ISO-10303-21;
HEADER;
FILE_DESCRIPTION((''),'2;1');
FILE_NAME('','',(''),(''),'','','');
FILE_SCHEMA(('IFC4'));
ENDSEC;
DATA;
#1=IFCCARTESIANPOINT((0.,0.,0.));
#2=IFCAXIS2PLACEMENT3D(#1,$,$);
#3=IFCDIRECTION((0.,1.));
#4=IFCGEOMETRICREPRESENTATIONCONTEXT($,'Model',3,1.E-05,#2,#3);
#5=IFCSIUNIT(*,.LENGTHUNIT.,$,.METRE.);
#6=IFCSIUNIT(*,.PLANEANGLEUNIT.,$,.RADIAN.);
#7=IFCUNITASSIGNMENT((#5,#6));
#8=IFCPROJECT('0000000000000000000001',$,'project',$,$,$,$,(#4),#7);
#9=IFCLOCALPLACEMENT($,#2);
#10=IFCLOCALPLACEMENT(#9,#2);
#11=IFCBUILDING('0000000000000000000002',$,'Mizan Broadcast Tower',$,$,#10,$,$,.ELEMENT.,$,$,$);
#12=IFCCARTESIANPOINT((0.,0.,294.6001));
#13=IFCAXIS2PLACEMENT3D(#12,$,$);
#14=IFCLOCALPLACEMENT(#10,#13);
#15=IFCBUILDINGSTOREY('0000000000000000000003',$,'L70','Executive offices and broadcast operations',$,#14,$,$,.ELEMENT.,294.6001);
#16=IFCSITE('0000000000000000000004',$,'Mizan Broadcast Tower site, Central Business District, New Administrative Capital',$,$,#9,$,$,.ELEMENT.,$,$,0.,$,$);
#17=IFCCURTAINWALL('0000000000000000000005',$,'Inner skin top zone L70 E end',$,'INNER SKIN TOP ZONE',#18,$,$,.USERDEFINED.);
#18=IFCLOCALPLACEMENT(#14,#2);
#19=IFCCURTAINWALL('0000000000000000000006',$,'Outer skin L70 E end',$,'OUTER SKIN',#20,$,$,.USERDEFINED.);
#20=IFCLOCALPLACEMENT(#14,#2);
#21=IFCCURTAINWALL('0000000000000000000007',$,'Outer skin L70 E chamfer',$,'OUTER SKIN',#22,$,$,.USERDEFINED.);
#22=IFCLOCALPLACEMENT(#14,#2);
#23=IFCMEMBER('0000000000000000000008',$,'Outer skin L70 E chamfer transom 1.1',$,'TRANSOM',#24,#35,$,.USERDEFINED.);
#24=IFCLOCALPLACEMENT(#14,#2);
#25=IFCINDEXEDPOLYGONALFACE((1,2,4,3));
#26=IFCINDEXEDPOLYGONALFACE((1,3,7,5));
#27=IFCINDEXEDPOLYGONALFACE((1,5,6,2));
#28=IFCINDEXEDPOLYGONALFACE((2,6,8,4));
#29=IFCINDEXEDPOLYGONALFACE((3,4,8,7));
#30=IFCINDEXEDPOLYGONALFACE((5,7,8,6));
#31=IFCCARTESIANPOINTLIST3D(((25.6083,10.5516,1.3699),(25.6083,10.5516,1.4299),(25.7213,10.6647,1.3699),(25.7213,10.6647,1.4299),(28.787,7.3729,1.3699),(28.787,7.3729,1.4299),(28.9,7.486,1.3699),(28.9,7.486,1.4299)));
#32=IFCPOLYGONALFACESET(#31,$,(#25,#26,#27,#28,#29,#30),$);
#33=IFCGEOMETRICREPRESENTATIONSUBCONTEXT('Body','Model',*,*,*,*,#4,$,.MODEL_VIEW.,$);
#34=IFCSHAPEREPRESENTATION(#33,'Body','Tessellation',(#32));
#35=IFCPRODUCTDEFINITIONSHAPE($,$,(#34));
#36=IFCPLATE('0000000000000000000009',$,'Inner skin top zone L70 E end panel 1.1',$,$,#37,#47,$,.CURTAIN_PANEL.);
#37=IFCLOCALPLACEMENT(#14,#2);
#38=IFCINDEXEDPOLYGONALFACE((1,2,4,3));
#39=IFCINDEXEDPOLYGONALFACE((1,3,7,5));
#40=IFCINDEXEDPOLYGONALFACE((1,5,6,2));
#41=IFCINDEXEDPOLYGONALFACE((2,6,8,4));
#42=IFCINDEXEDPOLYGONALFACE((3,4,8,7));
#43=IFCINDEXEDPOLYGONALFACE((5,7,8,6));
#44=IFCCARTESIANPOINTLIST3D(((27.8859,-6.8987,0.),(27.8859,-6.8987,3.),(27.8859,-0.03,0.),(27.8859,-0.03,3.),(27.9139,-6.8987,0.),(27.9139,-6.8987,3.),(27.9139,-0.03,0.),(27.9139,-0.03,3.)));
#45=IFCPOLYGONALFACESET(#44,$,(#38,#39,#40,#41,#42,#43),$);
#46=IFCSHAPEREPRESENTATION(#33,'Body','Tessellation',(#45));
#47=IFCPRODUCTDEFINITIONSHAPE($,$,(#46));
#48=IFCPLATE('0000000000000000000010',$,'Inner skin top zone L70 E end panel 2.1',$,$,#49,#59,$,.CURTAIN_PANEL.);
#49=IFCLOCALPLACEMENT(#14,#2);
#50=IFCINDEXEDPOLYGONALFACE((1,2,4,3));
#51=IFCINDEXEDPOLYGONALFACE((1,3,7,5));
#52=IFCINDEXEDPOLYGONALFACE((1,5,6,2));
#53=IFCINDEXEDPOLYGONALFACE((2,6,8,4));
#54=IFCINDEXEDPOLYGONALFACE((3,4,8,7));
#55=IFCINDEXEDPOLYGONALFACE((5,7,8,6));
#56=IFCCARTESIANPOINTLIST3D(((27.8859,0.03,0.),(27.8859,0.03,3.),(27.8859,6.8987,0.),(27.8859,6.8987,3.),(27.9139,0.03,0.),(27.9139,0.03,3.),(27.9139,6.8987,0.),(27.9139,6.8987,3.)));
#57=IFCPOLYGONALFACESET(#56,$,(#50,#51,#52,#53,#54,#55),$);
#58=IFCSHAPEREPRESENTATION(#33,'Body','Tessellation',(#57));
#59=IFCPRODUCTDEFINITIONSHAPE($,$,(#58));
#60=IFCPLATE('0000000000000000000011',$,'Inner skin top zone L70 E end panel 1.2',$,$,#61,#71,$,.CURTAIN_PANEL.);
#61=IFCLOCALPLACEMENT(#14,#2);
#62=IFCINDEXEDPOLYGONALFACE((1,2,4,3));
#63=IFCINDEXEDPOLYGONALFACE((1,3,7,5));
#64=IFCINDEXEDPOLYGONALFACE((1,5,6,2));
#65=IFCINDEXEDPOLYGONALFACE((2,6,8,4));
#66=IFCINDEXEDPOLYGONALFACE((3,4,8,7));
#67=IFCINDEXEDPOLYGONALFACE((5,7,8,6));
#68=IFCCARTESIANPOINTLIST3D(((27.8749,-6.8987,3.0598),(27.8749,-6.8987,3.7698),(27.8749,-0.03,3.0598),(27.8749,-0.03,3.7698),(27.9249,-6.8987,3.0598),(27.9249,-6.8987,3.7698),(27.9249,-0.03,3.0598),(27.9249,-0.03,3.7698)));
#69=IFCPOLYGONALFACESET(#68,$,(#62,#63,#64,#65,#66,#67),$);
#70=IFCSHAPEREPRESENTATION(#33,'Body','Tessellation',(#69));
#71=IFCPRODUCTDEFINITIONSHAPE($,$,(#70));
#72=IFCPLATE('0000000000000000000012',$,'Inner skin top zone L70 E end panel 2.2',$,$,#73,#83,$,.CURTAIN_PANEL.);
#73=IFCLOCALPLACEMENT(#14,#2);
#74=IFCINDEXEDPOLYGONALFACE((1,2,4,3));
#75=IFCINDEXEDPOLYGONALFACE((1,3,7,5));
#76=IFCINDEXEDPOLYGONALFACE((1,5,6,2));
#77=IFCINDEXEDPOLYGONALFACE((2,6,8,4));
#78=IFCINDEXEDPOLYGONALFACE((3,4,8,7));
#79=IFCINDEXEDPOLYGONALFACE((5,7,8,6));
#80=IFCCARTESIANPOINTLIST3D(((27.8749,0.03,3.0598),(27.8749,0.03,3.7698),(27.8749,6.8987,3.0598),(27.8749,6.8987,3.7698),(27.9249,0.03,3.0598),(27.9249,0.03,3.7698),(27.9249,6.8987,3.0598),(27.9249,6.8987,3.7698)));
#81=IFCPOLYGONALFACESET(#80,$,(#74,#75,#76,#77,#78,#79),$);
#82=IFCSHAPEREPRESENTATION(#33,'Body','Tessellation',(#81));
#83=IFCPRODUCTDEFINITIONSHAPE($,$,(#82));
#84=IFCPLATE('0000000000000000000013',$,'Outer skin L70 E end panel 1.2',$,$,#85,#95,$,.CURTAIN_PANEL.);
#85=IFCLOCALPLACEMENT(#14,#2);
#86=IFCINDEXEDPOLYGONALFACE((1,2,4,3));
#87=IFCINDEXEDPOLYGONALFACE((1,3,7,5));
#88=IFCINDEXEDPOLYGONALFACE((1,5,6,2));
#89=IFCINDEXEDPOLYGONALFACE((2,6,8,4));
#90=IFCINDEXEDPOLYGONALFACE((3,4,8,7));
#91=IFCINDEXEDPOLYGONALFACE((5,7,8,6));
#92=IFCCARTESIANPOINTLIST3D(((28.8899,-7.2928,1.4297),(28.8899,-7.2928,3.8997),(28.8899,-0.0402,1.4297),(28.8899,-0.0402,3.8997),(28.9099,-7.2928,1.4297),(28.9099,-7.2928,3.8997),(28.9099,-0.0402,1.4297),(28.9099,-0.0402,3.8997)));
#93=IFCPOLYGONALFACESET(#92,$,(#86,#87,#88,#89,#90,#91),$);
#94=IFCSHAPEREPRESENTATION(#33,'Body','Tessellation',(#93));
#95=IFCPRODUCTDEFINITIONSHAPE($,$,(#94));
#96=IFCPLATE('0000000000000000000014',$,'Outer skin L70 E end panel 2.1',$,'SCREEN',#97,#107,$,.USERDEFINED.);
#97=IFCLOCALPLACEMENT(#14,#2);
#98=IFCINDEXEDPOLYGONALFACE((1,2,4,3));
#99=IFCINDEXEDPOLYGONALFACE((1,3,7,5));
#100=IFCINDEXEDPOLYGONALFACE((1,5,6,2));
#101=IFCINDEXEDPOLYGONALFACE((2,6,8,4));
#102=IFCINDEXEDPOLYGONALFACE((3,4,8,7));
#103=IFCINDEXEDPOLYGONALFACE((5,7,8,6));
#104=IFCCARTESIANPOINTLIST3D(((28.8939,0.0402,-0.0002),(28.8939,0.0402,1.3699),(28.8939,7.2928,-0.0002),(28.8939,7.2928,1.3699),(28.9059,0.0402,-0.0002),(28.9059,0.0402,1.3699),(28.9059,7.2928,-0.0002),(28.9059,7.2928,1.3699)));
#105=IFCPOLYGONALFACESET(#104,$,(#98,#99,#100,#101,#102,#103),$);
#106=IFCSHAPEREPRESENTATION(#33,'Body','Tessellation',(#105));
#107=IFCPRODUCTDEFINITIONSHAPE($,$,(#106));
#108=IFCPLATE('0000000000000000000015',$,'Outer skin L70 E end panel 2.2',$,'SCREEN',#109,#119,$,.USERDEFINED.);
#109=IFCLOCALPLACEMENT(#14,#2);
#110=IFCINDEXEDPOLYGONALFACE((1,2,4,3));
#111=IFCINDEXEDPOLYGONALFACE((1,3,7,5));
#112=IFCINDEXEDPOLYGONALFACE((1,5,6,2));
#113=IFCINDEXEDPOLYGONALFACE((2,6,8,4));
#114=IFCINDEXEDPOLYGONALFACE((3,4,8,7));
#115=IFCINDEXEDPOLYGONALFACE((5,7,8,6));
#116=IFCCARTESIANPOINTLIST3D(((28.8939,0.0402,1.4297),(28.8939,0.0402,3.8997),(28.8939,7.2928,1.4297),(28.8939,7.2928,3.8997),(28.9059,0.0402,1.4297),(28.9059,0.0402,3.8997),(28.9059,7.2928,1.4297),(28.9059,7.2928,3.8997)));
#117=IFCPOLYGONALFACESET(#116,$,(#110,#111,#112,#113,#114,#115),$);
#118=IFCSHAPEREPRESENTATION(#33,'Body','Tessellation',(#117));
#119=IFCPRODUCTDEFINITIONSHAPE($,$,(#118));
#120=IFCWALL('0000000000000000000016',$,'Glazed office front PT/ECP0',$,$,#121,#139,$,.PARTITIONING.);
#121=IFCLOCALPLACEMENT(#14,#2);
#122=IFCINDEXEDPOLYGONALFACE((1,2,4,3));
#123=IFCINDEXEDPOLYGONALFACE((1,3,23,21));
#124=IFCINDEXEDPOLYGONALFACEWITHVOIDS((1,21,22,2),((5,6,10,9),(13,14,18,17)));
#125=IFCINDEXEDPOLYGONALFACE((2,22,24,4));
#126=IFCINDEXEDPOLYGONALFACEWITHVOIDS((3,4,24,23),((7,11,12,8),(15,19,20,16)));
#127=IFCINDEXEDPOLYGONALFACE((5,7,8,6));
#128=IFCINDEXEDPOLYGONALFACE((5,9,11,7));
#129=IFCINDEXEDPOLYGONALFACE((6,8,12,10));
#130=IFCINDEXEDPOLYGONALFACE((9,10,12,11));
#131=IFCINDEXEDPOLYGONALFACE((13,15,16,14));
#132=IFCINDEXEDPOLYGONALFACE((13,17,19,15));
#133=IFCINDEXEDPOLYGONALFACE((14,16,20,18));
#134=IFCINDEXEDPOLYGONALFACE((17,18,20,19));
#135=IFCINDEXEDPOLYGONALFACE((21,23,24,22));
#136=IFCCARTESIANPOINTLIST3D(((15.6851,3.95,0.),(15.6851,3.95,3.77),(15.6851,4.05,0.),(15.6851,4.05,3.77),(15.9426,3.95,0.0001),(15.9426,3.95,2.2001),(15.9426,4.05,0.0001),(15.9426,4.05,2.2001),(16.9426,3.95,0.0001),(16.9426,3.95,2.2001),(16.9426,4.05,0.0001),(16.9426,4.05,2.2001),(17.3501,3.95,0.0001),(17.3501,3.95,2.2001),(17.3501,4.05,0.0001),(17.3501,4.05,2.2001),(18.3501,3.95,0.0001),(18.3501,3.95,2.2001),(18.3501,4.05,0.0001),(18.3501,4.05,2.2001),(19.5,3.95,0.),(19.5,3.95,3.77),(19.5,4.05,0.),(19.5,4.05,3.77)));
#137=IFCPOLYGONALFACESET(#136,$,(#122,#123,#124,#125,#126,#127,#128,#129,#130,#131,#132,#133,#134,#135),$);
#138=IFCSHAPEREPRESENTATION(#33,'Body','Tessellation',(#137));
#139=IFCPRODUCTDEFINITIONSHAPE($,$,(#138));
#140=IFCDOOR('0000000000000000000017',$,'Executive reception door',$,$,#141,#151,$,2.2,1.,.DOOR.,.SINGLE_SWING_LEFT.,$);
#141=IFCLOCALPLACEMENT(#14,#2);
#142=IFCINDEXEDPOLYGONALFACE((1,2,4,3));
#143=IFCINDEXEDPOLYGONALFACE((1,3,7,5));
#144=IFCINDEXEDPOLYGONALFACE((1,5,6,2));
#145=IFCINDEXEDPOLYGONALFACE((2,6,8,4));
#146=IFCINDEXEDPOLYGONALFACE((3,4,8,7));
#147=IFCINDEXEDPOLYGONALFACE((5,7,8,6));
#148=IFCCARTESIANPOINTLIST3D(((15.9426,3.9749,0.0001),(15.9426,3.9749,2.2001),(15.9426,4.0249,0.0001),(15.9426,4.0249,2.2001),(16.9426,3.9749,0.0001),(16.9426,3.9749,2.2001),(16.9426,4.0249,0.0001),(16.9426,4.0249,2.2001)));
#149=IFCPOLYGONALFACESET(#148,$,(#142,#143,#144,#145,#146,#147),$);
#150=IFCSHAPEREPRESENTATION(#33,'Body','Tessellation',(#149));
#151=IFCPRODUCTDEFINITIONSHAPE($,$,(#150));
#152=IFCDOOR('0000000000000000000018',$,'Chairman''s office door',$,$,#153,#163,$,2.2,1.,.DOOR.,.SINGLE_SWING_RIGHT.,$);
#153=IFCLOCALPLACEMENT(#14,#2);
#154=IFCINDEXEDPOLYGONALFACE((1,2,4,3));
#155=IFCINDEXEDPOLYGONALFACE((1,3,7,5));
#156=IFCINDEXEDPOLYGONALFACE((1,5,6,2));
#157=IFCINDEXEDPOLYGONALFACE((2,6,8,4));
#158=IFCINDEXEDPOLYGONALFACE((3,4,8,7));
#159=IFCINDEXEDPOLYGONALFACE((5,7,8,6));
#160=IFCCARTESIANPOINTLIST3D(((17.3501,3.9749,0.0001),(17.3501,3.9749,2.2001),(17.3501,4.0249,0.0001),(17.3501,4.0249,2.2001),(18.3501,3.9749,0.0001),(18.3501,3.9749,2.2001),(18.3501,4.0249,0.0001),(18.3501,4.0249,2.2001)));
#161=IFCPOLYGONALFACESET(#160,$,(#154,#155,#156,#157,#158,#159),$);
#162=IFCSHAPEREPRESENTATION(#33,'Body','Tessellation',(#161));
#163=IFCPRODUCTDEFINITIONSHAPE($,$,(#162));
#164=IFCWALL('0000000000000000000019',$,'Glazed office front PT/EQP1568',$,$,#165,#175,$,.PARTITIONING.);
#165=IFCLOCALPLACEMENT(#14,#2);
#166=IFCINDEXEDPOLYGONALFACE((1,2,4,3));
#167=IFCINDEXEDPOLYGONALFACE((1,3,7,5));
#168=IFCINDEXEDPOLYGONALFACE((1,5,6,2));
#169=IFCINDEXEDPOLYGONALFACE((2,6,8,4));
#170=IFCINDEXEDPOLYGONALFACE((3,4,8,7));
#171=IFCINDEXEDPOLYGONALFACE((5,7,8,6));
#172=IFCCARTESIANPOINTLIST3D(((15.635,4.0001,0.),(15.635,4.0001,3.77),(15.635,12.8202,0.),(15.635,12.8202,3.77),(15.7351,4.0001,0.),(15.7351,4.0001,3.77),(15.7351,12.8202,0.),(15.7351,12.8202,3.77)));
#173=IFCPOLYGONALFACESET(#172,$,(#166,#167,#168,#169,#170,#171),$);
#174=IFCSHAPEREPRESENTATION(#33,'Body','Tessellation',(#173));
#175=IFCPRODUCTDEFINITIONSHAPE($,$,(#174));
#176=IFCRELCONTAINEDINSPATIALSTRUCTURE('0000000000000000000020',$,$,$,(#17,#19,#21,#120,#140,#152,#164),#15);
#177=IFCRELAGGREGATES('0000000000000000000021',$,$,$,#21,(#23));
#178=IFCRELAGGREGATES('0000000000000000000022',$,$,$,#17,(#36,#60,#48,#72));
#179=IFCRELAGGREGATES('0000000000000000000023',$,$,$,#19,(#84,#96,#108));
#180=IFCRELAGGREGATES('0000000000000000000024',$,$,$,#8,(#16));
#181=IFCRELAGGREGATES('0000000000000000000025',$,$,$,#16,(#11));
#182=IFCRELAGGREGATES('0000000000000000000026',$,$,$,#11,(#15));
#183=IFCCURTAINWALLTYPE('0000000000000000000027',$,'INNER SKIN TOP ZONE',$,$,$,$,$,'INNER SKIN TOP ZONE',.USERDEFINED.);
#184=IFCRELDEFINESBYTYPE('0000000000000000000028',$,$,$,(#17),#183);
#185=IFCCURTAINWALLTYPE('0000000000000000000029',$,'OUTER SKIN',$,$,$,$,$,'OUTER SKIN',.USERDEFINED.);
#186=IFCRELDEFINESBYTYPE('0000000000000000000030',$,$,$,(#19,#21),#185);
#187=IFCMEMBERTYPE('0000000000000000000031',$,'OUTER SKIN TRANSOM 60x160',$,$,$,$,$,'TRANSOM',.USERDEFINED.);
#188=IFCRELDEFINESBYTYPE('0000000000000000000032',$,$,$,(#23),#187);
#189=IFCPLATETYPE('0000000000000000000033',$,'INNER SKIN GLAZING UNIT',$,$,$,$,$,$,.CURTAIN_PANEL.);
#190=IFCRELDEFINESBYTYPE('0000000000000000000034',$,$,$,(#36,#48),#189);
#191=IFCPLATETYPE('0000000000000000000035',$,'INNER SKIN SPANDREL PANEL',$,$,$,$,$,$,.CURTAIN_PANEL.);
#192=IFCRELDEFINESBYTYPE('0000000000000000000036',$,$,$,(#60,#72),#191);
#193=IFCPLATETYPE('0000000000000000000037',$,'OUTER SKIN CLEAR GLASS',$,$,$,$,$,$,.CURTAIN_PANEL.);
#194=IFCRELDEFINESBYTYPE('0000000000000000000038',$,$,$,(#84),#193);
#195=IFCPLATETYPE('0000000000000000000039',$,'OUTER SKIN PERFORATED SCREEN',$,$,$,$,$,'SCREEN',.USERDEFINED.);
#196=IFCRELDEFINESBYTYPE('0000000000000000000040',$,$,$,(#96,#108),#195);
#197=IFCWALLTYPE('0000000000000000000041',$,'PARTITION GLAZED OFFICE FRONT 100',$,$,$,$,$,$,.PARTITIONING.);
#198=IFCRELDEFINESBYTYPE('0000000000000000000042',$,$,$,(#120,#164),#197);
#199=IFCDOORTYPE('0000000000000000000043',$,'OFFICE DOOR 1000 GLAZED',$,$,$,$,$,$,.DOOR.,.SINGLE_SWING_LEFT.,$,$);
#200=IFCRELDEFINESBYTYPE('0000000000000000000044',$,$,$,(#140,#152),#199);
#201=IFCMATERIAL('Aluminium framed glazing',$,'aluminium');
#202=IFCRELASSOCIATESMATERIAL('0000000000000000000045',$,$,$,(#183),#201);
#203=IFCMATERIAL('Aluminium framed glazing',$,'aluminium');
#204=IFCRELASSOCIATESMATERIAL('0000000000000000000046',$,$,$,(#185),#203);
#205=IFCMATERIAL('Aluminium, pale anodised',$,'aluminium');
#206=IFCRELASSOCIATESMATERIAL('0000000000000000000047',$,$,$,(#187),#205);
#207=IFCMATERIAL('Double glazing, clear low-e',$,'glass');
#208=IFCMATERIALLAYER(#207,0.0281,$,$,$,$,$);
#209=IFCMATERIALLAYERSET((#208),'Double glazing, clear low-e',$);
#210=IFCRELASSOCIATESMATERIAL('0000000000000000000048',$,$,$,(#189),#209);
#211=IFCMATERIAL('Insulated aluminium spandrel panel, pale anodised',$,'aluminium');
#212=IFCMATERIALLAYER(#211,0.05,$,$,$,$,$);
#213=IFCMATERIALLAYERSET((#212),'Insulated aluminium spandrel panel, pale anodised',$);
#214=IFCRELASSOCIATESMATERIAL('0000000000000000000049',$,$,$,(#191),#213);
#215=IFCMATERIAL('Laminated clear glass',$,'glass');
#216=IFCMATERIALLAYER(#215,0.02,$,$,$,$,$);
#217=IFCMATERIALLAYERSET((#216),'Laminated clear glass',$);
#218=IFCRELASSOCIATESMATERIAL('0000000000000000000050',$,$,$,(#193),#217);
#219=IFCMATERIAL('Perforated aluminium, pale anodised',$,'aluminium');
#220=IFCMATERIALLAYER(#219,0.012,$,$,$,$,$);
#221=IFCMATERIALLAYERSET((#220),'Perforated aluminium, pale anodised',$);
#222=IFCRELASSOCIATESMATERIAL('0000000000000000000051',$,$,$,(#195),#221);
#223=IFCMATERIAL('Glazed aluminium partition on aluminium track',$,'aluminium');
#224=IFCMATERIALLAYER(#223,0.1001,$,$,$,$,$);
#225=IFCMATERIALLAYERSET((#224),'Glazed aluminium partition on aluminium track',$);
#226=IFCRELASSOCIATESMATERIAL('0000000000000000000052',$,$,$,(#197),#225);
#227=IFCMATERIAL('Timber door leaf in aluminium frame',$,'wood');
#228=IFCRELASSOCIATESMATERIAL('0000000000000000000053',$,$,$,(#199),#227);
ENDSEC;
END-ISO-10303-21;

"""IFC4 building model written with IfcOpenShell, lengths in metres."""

from ifc_helpers import new_model, si_unit, direction, frame, frame_2d, origin, origin_2d, place, context, subcontext, project, spatial, rectangle, extrude, material, layer, layer_set, material_profile, profile_set, type_object, element, fill, aggregate, save


model = new_model("IFC4")

# Units and contexts
model_context = context("Model", 3, precision=1e-05, world=origin(), true_north=direction((0.0, 1.0)))
body_context = subcontext(model_context, "Body", "Model", "MODEL_VIEW")
ifc_project = project(units=[si_unit("LENGTHUNIT", "METRE"), si_unit("PLANEANGLEUNIT", "RADIAN")], contexts=[model_context])

# Site, building, storey
site_placement = place(None, origin())
site = spatial("IfcSite", under=ifc_project, at=site_placement, Name="Mizan Broadcast Tower site, Central Business District, New Administrative Capital", CompositionType="ELEMENT", RefElevation=0.0)
building_placement = place(site_placement, origin())
building = spatial("IfcBuilding", under=site, at=building_placement, Name="Mizan Broadcast Tower", CompositionType="ELEMENT")
storey_placement = place(building_placement, frame((0.0, 0.0, 294.6001)))
storey = spatial("IfcBuildingStorey", under=building, at=storey_placement, Name="L70", Description="Executive offices and broadcast operations", CompositionType="ELEMENT", Elevation=294.6001)

# Curtain wall
ifc_material_1 = material(Name="Aluminium framed glazing", Category="aluminium")
curtain_wall_type_1 = type_object("IfcCurtainWallType", Name="INNER SKIN TOP ZONE", ElementType="INNER SKIN TOP ZONE", PredefinedType="USERDEFINED", material=ifc_material_1)
curtain_wall_1_placement = place(storey_placement, origin())
curtain_wall_1 = element("IfcCurtainWall", 1, at=curtain_wall_1_placement, inside=storey, type_object=curtain_wall_type_1, Name="Inner skin top zone L70 E end", ObjectType="INNER SKIN TOP ZONE", PredefinedType="USERDEFINED")

# Curtain wall
ifc_material_2 = material(Name="Aluminium framed glazing", Category="aluminium")
curtain_wall_type_2 = type_object("IfcCurtainWallType", Name="OUTER SKIN", ElementType="OUTER SKIN", PredefinedType="USERDEFINED", material=ifc_material_2)
curtain_wall_2_placement = place(storey_placement, origin())
curtain_wall_2 = element("IfcCurtainWall", 2, at=curtain_wall_2_placement, inside=storey, type_object=curtain_wall_type_2, Name="Outer skin L70 E end", ObjectType="OUTER SKIN", PredefinedType="USERDEFINED")
ifc_material_3 = material(Name="Aluminium, pale anodised", Category="aluminium")
ifc_material_profile_1 = material_profile(ifc_material_3, rectangle(XDim=0.1599, YDim=0.0601, at=origin_2d()), Name="TRANSOM 160x60")
ifc_profile_set_1 = profile_set([ifc_material_profile_1], Name="Aluminium, pale anodised")
member_type_1 = type_object("IfcMemberType", Name="OUTER SKIN TRANSOM 60x160", ElementType="TRANSOM", PredefinedType="USERDEFINED", material=ifc_profile_set_1)

# Curtain wall, member
curtain_wall_3_placement = place(storey_placement, origin())
curtain_wall_3 = element("IfcCurtainWall", 3, at=curtain_wall_3_placement, inside=storey, type_object=curtain_wall_type_2, Name="Outer skin L70 E chamfer", ObjectType="OUTER SKIN", PredefinedType="USERDEFINED")
member_1_placement = place(storey_placement, frame((28.8435, 7.4294, 1.3999), z_axis=(-0.707107, 0.707107, 0.0), x_axis=(-0.707107, -0.707107, 0.0)))
member_1 = element("IfcMember", 4, at=member_1_placement, type_object=member_type_1, Name="Outer skin L70 E chamfer transom 1.1", ObjectType="TRANSOM", PredefinedType="USERDEFINED", context=body_context, shape_type="SweptSolid", body=[
    extrude(rectangle(XDim=0.1599, YDim=0.0601, at=origin_2d()), origin(), (0.0, 0.0, 1.0), 4.4954),
])
aggregate(curtain_wall_3, [member_1])

# Plates
ifc_material_4 = material(Name="Double glazing, clear low-e", Category="glass")
ifc_layer_1 = layer(ifc_material_4, 0.0281)
ifc_layer_set_1 = layer_set([ifc_layer_1], Name="Double glazing, clear low-e")
plate_type_1 = type_object("IfcPlateType", Name="INNER SKIN GLAZING UNIT", PredefinedType="CURTAIN_PANEL", material=ifc_layer_set_1)
plate_1_placement = place(storey_placement, frame((27.8999, -3.4644, 0.0), z_axis=(0.0, 0.0, 1.0), x_axis=(0.0, 1.0, 0.0)))
plate_1 = element("IfcPlate", 5, at=plate_1_placement, type_object=plate_type_1, Name="Inner skin top zone L70 E end panel 1.1", PredefinedType="CURTAIN_PANEL", context=body_context, shape_type="SweptSolid", body=[
    extrude(rectangle(XDim=6.8687, YDim=0.0281, at=origin_2d()), origin(), (0.0, 0.0, 1.0), 3.0),
])
plate_2_placement = place(storey_placement, frame((27.8999, 3.4644, 0.0), z_axis=(0.0, 0.0, 1.0), x_axis=(0.0, 1.0, 0.0)))
plate_2 = element("IfcPlate", 6, at=plate_2_placement, type_object=plate_type_1, Name="Inner skin top zone L70 E end panel 2.1", PredefinedType="CURTAIN_PANEL", context=body_context, shape_type="SweptSolid", body=[
    extrude(rectangle(XDim=6.8687, YDim=0.0281, at=origin_2d()), origin(), (0.0, 0.0, 1.0), 3.0),
])
ifc_material_5 = material(Name="Insulated aluminium spandrel panel, pale anodised", Category="aluminium")
ifc_layer_2 = layer(ifc_material_5, 0.05)
ifc_layer_set_2 = layer_set([ifc_layer_2], Name="Insulated aluminium spandrel panel, pale anodised")
plate_type_2 = type_object("IfcPlateType", Name="INNER SKIN SPANDREL PANEL", PredefinedType="CURTAIN_PANEL", material=ifc_layer_set_2)
plate_3_placement = place(storey_placement, frame((27.8999, -3.4644, 3.0598), z_axis=(0.0, 0.0, 1.0), x_axis=(0.0, 1.0, 0.0)))
plate_3 = element("IfcPlate", 7, at=plate_3_placement, type_object=plate_type_2, Name="Inner skin top zone L70 E end panel 1.2", PredefinedType="CURTAIN_PANEL", context=body_context, shape_type="SweptSolid", body=[
    extrude(rectangle(XDim=6.8687, YDim=0.05, at=origin_2d()), origin(), (0.0, 0.0, 1.0), 0.71),
])
plate_4_placement = place(storey_placement, frame((27.8999, 3.4644, 3.0598), z_axis=(0.0, 0.0, 1.0), x_axis=(0.0, 1.0, 0.0)))
plate_4 = element("IfcPlate", 8, at=plate_4_placement, type_object=plate_type_2, Name="Inner skin top zone L70 E end panel 2.2", PredefinedType="CURTAIN_PANEL", context=body_context, shape_type="SweptSolid", body=[
    extrude(rectangle(XDim=6.8687, YDim=0.05, at=origin_2d()), origin(), (0.0, 0.0, 1.0), 0.71),
])
aggregate(curtain_wall_1, [plate_1, plate_3, plate_2, plate_4])
ifc_material_6 = material(Name="Laminated clear glass", Category="glass")
ifc_layer_3 = layer(ifc_material_6, 0.02)
ifc_layer_set_3 = layer_set([ifc_layer_3], Name="Laminated clear glass")
plate_type_3 = type_object("IfcPlateType", Name="OUTER SKIN CLEAR GLASS", PredefinedType="CURTAIN_PANEL", material=ifc_layer_set_3)
plate_5_placement = place(storey_placement, frame((28.8999, -3.6665, 1.4297), z_axis=(0.0, 0.0, 1.0), x_axis=(0.0, 1.0, 0.0)))
plate_5 = element("IfcPlate", 9, at=plate_5_placement, type_object=plate_type_3, Name="Outer skin L70 E end panel 1.2", PredefinedType="CURTAIN_PANEL", context=body_context, shape_type="SweptSolid", body=[
    extrude(rectangle(XDim=7.2527, YDim=0.02, at=origin_2d()), origin(), (0.0, 0.0, 1.0), 2.47),
])
ifc_material_7 = material(Name="Perforated aluminium, pale anodised", Category="aluminium")
ifc_layer_4 = layer(ifc_material_7, 0.012)
ifc_layer_set_4 = layer_set([ifc_layer_4], Name="Perforated aluminium, pale anodised")
plate_type_4 = type_object("IfcPlateType", Name="OUTER SKIN PERFORATED SCREEN", ElementType="SCREEN", PredefinedType="USERDEFINED", material=ifc_layer_set_4)
plate_6_placement = place(storey_placement, frame((28.8999, 3.6665, -0.0002), z_axis=(0.0, 0.0, 1.0), x_axis=(0.0, 1.0, 0.0)))
plate_6 = element("IfcPlate", 10, at=plate_6_placement, type_object=plate_type_4, Name="Outer skin L70 E end panel 2.1", ObjectType="SCREEN", PredefinedType="USERDEFINED", context=body_context, shape_type="SweptSolid", body=[
    extrude(rectangle(XDim=7.2527, YDim=0.012, at=origin_2d()), origin(), (0.0, 0.0, 1.0), 1.3701),
])
plate_7_placement = place(storey_placement, frame((28.8999, 3.6665, 1.4297), z_axis=(0.0, 0.0, 1.0), x_axis=(0.0, 1.0, 0.0)))
plate_7 = element("IfcPlate", 11, at=plate_7_placement, type_object=plate_type_4, Name="Outer skin L70 E end panel 2.2", ObjectType="SCREEN", PredefinedType="USERDEFINED", context=body_context, shape_type="SweptSolid", body=[
    extrude(rectangle(XDim=7.2527, YDim=0.012, at=origin_2d()), origin(), (0.0, 0.0, 1.0), 2.47),
])
aggregate(curtain_wall_2, [plate_5, plate_6, plate_7])

# Wall, openings, doors
ifc_material_8 = material(Name="Glazed aluminium partition on aluminium track", Category="aluminium")
ifc_layer_5 = layer(ifc_material_8, 0.1001)
ifc_layer_set_5 = layer_set([ifc_layer_5], Name="Glazed aluminium partition on aluminium track")
wall_type = type_object("IfcWallType", Name="PARTITION GLAZED OFFICE FRONT 100", PredefinedType="PARTITIONING", material=ifc_layer_set_5)
wall_placement = place(storey_placement, frame((15.6851, 4.0, 0.0), z_axis=(0.0, 0.0, 1.0), x_axis=(1.0, 0.0, 0.0)))
wall = element("IfcWall", 12, at=wall_placement, inside=storey, type_object=wall_type, Name="Glazed office front PT/ECP0", PredefinedType="PARTITIONING", context=body_context, shape_type="SweptSolid", body=[
    extrude(rectangle(XDim=3.8149, YDim=0.1001, at=frame_2d((1.9075, 0.0))), origin(), (0.0, 0.0, 1.0), 3.77),
])
opening_1_placement = place(wall_placement, frame((0.2576, 0.0, 0.0)))
opening_1 = element("IfcOpeningElement", 13, at=opening_1_placement, cuts=wall, PredefinedType="OPENING", context=body_context, shape_type="SweptSolid", body=[
    extrude(rectangle(XDim=1.0, YDim=2.2, at=frame_2d((0.5, 1.1001))), frame((0.0, 0.0601, 0.0), z_axis=(0.0, -1.0, 0.0), x_axis=(1.0, 0.0, 0.0)), (0.0, 0.0, 1.0), 0.1201),
])
opening_2_placement = place(wall_placement, frame((1.665, 0.0, 0.0)))
opening_2 = element("IfcOpeningElement", 14, at=opening_2_placement, cuts=wall, PredefinedType="OPENING", context=body_context, shape_type="SweptSolid", body=[
    extrude(rectangle(XDim=1.0, YDim=2.2, at=frame_2d((0.5, 1.1001))), frame((0.0, 0.0601, 0.0), z_axis=(0.0, -1.0, 0.0), x_axis=(1.0, 0.0, 0.0)), (0.0, 0.0, 1.0), 0.1201),
])
ifc_material_9 = material(Name="Timber door leaf in aluminium frame", Category="wood")
door_type = type_object("IfcDoorType", Name="OFFICE DOOR 1000 GLAZED", OperationType="SINGLE_SWING_LEFT", PredefinedType="DOOR", material=ifc_material_9)
door_1_placement = place(opening_1_placement, origin())
door_1 = element("IfcDoor", 15, at=door_1_placement, inside=storey, type_object=door_type, Name="Executive reception door", OperationType="SINGLE_SWING_LEFT", OverallHeight=2.2, OverallWidth=1.0, PredefinedType="DOOR", context=body_context, shape_type="SweptSolid", body=[
    extrude(rectangle(XDim=1.0, YDim=2.2, at=frame_2d((0.5, 1.1001))), frame((0.0, 0.0249, 0.0), z_axis=(0.0, -1.0, 0.0), x_axis=(1.0, 0.0, 0.0)), (0.0, 0.0, 1.0), 0.05),
])
fill(opening_1, door_1)
door_2_placement = place(opening_2_placement, origin())
door_2 = element("IfcDoor", 16, at=door_2_placement, inside=storey, type_object=door_type, Name="Chairman's office door", OperationType="SINGLE_SWING_RIGHT", OverallHeight=2.2, OverallWidth=1.0, PredefinedType="DOOR", context=body_context, shape_type="SweptSolid", body=[
    extrude(rectangle(XDim=1.0, YDim=2.2, at=frame_2d((0.5, 1.1001))), frame((0.0, 0.0249, 0.0), z_axis=(0.0, -1.0, 0.0), x_axis=(1.0, 0.0, 0.0)), (0.0, 0.0, 1.0), 0.05),
])
fill(opening_2, door_2)

# Wall
for number, where, z_axis, x_axis, name in (
    (17, (15.6851, 4.0, 0.0), (0.0, 0.0, 1.0), (0.0, 1.0, 0.0), "Glazed office front PT/EQP1568"),
):
    element("IfcWall", number, at=place(storey_placement, frame(where, z_axis=z_axis, x_axis=x_axis)), inside=storey, type_object=wall_type, Name=name, PredefinedType="PARTITIONING", context=body_context, shape_type="SweptSolid", body=[
        extrude(rectangle(XDim=8.8201, YDim=0.1001, at=frame_2d((4.4102, 0.0))), origin(), (0.0, 0.0, 1.0), 3.77),
    ])

save(model, "model.ifc")
